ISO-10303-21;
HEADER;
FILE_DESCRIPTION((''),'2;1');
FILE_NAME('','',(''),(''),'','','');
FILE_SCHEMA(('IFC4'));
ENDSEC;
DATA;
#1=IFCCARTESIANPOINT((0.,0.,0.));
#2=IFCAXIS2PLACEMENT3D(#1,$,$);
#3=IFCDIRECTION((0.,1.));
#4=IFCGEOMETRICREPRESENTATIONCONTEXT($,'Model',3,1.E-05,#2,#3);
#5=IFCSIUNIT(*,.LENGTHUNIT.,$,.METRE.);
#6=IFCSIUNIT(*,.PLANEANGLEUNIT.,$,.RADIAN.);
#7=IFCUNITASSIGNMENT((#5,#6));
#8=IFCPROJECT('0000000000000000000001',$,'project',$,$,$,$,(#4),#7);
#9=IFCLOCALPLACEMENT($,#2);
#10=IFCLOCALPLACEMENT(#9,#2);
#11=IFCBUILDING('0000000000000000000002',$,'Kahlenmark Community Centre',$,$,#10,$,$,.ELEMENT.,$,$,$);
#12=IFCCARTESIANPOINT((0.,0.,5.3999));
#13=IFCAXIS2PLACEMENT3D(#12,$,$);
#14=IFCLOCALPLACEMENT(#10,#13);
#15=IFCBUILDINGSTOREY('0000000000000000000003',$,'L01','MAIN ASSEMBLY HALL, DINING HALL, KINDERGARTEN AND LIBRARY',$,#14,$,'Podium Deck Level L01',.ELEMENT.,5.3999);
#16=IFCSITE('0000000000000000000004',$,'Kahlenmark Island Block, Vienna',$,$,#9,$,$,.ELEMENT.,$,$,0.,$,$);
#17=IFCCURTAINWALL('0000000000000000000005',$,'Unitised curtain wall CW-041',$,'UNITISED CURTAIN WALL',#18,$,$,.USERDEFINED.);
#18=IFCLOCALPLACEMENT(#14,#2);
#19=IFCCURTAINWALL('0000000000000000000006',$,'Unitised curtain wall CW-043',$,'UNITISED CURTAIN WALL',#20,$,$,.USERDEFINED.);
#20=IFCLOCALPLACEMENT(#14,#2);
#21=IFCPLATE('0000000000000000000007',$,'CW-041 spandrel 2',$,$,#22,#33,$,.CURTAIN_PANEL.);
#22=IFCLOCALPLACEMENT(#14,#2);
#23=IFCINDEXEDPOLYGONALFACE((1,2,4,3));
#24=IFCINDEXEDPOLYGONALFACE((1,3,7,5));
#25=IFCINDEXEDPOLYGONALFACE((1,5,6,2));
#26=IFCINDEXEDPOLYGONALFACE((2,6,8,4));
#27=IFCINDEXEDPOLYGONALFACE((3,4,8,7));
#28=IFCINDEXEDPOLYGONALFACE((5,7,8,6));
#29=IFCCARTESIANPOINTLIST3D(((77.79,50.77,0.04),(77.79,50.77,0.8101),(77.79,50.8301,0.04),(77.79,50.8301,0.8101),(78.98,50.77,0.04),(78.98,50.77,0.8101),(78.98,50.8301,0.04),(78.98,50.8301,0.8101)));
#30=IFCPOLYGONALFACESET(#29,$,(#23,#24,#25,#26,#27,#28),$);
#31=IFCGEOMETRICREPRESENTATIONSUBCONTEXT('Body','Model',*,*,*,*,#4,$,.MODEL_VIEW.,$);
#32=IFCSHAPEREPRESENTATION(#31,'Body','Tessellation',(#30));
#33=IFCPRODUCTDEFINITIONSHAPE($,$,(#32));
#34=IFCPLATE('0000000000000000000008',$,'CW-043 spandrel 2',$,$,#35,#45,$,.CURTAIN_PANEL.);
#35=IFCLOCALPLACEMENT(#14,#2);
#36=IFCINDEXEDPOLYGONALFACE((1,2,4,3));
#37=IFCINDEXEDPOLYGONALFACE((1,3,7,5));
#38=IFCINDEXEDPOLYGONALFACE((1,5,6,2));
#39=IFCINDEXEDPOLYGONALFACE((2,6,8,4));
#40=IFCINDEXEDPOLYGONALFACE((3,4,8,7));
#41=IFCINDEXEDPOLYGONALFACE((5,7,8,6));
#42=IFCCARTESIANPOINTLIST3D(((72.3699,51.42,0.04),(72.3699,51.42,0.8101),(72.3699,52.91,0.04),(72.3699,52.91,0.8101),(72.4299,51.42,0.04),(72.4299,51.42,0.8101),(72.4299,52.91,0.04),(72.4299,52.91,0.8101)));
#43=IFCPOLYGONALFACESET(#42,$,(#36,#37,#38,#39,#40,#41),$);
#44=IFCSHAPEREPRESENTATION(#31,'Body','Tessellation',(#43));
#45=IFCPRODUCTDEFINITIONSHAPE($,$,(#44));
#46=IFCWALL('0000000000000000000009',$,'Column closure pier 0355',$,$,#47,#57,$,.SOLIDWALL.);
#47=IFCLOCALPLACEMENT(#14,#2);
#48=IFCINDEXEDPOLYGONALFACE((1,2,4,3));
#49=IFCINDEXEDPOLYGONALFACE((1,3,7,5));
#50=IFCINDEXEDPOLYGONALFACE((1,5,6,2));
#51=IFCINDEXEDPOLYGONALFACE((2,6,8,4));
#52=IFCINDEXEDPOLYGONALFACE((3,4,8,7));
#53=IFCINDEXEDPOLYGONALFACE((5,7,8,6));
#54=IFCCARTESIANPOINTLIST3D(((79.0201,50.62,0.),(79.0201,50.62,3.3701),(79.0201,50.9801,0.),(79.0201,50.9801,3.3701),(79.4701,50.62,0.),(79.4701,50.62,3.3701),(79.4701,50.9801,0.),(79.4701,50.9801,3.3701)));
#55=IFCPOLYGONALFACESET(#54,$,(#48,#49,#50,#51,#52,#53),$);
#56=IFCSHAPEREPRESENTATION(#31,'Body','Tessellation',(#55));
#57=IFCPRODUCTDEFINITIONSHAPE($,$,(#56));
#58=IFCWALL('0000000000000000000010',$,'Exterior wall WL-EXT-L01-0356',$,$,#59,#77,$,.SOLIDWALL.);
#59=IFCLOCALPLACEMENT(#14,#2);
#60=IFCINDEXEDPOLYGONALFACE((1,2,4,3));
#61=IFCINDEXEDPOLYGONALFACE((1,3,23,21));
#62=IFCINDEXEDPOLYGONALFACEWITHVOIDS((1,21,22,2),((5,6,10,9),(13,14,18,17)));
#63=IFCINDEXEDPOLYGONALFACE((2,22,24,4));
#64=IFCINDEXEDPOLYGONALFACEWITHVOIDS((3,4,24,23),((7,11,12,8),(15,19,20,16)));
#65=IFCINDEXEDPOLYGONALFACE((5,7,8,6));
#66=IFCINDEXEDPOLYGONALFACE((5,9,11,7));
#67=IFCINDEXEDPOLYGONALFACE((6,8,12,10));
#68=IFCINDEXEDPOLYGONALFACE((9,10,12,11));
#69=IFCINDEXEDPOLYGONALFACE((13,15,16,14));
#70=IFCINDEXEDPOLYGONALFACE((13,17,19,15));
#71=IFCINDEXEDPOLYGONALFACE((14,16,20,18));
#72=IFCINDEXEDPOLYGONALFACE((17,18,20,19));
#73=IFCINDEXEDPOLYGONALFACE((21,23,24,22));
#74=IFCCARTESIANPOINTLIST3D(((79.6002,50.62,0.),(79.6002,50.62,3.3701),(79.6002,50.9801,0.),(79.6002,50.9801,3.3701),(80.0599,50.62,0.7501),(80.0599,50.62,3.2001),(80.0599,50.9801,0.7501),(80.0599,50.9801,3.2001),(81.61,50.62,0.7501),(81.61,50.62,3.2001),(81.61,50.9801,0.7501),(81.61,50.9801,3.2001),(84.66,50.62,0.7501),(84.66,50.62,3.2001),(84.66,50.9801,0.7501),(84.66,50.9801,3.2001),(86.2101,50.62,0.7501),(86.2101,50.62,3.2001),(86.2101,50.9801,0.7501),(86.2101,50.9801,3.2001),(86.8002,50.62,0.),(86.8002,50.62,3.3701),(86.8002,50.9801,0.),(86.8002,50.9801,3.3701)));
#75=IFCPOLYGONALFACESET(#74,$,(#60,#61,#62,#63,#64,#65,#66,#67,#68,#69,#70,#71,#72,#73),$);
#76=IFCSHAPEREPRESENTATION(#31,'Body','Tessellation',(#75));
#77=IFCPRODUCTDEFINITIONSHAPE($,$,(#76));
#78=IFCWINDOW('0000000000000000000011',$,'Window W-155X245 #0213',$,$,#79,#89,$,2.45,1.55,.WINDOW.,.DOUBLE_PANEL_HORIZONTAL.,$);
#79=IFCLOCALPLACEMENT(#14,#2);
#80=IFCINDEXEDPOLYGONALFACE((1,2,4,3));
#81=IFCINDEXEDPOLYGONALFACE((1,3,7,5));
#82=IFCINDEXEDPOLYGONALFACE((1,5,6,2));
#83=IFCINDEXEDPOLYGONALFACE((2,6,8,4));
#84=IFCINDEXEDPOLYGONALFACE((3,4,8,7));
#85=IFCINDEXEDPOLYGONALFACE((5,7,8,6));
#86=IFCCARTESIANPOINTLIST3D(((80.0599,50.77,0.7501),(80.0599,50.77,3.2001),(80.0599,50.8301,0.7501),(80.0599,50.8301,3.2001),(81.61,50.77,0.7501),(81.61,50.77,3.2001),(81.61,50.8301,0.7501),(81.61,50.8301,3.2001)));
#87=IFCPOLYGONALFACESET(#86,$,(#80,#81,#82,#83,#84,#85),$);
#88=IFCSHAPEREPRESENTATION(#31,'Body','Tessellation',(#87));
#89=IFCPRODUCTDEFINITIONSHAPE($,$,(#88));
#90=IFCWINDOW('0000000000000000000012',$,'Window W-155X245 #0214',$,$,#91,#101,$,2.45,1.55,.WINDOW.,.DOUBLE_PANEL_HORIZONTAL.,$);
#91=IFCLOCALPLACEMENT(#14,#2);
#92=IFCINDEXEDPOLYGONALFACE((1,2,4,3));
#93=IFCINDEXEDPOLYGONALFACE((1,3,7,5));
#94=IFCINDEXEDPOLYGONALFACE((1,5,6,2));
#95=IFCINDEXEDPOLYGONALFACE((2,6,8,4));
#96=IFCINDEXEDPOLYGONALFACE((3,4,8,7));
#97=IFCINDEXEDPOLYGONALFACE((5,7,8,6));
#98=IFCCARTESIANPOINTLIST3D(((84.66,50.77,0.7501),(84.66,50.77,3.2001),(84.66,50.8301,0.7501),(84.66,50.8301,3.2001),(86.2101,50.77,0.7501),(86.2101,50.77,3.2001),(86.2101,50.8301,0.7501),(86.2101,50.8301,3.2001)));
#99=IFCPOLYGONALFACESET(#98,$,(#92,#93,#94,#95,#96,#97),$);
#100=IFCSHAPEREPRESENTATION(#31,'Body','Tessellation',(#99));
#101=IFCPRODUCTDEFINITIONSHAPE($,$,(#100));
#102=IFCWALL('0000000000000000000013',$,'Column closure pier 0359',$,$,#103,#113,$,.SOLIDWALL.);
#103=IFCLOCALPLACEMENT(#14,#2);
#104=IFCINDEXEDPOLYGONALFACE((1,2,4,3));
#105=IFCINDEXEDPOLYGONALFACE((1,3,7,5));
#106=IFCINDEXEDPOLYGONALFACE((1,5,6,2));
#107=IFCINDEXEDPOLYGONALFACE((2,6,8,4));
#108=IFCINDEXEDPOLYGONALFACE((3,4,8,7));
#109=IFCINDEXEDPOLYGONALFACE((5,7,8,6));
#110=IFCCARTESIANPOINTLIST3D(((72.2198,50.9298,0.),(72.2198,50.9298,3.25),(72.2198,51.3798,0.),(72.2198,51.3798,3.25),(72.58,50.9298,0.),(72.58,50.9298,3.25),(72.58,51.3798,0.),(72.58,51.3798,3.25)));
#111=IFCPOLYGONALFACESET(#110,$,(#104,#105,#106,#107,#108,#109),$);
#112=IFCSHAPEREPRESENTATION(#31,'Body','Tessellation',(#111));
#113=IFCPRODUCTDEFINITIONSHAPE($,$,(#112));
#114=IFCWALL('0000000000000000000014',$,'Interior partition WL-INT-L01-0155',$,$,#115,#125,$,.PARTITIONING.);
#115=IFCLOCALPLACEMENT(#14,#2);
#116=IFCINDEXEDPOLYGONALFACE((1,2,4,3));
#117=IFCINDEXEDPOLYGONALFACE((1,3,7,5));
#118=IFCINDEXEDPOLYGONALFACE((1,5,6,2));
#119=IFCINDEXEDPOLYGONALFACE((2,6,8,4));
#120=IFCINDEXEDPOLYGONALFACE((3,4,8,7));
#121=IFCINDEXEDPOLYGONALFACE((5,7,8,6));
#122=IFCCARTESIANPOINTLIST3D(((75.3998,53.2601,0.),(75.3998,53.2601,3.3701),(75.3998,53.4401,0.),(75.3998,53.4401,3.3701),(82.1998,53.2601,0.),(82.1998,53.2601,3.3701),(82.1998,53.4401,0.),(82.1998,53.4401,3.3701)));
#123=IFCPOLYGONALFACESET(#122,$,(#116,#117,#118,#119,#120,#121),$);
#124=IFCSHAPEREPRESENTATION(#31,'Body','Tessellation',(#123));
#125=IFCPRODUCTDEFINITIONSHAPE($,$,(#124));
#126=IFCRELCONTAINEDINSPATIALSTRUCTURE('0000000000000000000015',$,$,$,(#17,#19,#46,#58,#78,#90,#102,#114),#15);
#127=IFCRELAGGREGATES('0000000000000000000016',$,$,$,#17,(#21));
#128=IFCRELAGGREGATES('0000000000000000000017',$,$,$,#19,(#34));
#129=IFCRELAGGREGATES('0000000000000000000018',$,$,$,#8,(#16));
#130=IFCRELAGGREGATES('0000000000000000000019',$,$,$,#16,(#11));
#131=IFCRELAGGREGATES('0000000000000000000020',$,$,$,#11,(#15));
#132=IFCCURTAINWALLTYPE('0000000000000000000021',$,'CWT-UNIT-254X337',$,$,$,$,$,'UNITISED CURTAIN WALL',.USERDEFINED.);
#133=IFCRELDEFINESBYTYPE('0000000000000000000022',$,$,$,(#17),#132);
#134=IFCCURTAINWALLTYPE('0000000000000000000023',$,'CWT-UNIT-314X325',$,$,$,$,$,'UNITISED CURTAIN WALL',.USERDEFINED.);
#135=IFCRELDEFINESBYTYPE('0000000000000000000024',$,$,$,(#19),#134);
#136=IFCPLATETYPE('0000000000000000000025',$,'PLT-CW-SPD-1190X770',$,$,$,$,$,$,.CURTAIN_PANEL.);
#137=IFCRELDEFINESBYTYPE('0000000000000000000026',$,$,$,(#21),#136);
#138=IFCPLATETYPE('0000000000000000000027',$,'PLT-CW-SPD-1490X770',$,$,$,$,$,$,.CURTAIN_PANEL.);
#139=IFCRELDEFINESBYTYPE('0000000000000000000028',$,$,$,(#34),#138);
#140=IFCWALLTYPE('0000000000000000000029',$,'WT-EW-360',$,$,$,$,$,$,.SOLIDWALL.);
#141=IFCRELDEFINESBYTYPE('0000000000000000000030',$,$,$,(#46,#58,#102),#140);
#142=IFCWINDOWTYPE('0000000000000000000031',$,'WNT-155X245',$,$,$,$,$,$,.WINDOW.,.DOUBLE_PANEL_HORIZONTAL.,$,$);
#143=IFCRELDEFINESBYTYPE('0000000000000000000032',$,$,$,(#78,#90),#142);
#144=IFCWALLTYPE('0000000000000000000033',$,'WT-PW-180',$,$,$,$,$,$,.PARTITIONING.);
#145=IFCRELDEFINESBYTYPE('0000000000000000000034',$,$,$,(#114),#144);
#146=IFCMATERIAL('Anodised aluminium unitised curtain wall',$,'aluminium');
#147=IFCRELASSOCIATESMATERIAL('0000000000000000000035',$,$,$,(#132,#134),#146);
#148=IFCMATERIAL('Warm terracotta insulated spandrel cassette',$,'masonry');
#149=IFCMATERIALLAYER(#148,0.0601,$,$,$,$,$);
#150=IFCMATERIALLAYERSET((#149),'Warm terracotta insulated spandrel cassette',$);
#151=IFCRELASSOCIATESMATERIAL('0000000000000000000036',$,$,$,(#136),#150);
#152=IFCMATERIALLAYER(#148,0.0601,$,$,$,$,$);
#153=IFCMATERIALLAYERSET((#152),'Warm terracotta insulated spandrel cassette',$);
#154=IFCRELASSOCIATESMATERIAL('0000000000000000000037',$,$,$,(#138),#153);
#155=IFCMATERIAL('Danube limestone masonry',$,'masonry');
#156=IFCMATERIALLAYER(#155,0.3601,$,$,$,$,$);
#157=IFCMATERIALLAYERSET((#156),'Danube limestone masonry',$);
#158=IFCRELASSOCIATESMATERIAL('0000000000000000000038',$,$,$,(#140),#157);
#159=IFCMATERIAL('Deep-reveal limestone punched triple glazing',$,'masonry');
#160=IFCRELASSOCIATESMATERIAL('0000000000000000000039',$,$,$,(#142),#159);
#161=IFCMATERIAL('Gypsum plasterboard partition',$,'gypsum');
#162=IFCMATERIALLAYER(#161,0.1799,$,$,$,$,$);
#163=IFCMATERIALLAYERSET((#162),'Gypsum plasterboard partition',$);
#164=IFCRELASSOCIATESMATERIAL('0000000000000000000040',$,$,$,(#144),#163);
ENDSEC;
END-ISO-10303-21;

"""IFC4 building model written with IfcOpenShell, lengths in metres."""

from ifc_helpers import new_model, si_unit, direction, frame, frame_2d, origin, origin_2d, place, context, subcontext, project, spatial, rectangle, extrude, material, layer, layer_set, type_object, element, fill, aggregate, save


model = new_model("IFC4")

# Units and contexts
model_context = context("Model", 3, precision=1e-05, world=origin(), true_north=direction((0.0, 1.0)))
body_context = subcontext(model_context, "Body", "Model", "MODEL_VIEW")
ifc_project = project(units=[si_unit("LENGTHUNIT", "METRE"), si_unit("PLANEANGLEUNIT", "RADIAN")], contexts=[model_context])

# Site, building, storey
site_placement = place(None, origin())
site = spatial("IfcSite", under=ifc_project, at=site_placement, Name="Kahlenmark Island Block, Vienna", CompositionType="ELEMENT", RefElevation=0.0)
building_placement = place(site_placement, origin())
building = spatial("IfcBuilding", under=site, at=building_placement, Name="Kahlenmark Community Centre", CompositionType="ELEMENT")
storey_placement = place(building_placement, frame((0.0, 0.0, 5.3999)))
storey = spatial("IfcBuildingStorey", under=building, at=storey_placement, Name="L01", Description="MAIN ASSEMBLY HALL, DINING HALL, KINDERGARTEN AND LIBRARY", LongName="Podium Deck Level L01", CompositionType="ELEMENT", Elevation=5.3999)

# Curtain walls
ifc_material_1 = material(Name="Anodised aluminium unitised curtain wall", Category="aluminium")
curtain_wall_type_1 = type_object("IfcCurtainWallType", Name="CWT-UNIT-254X337", ElementType="UNITISED CURTAIN WALL", PredefinedType="USERDEFINED", material=ifc_material_1)
curtain_wall_1_placement = place(storey_placement, origin())
curtain_wall_1 = element("IfcCurtainWall", 1, at=curtain_wall_1_placement, inside=storey, type_object=curtain_wall_type_1, Name="Unitised curtain wall CW-041", ObjectType="UNITISED CURTAIN WALL", PredefinedType="USERDEFINED")
curtain_wall_type_2 = type_object("IfcCurtainWallType", Name="CWT-UNIT-314X325", ElementType="UNITISED CURTAIN WALL", PredefinedType="USERDEFINED", material=ifc_material_1)
curtain_wall_2_placement = place(storey_placement, origin())
curtain_wall_2 = element("IfcCurtainWall", 2, at=curtain_wall_2_placement, inside=storey, type_object=curtain_wall_type_2, Name="Unitised curtain wall CW-043", ObjectType="UNITISED CURTAIN WALL", PredefinedType="USERDEFINED")

# Plates
ifc_material_2 = material(Name="Warm terracotta insulated spandrel cassette", Category="masonry")
ifc_layer_1 = layer(ifc_material_2, 0.0601)
ifc_layer_set_1 = layer_set([ifc_layer_1], Name="Warm terracotta insulated spandrel cassette")
plate_type_1 = type_object("IfcPlateType", Name="PLT-CW-SPD-1190X770", PredefinedType="CURTAIN_PANEL", material=ifc_layer_set_1)
plate_1_placement = place(storey_placement, frame((78.385, 50.8, 0.04), z_axis=(0.0, 0.0, 1.0), x_axis=(1.0, 0.0, 0.0)))
plate_1 = element("IfcPlate", 3, at=plate_1_placement, type_object=plate_type_1, Name="CW-041 spandrel 2", PredefinedType="CURTAIN_PANEL", context=body_context, shape_type="SweptSolid", body=[
    extrude(rectangle(XDim=1.1899, YDim=0.0601, at=origin_2d()), origin(), (0.0, 0.0, 1.0), 0.77),
])
aggregate(curtain_wall_1, [plate_1])
ifc_layer_2 = layer(ifc_material_2, 0.0601)
ifc_layer_set_2 = layer_set([ifc_layer_2], Name="Warm terracotta insulated spandrel cassette")
plate_type_2 = type_object("IfcPlateType", Name="PLT-CW-SPD-1490X770", PredefinedType="CURTAIN_PANEL", material=ifc_layer_set_2)
plate_2_placement = place(storey_placement, frame((72.3999, 52.165, 0.04), z_axis=(0.0, 0.0, 1.0), x_axis=(0.0, -1.0, 0.0)))
plate_2 = element("IfcPlate", 4, at=plate_2_placement, type_object=plate_type_2, Name="CW-043 spandrel 2", PredefinedType="CURTAIN_PANEL", context=body_context, shape_type="SweptSolid", body=[
    extrude(rectangle(XDim=1.49, YDim=0.0601, at=origin_2d()), origin(), (0.0, 0.0, 1.0), 0.77),
])
aggregate(curtain_wall_2, [plate_2])

# Wall
ifc_material_3 = material(Name="Danube limestone masonry", Category="masonry")
ifc_layer_3 = layer(ifc_material_3, 0.3601)
ifc_layer_set_3 = layer_set([ifc_layer_3], Name="Danube limestone masonry")
wall_type_1 = type_object("IfcWallType", Name="WT-EW-360", PredefinedType="SOLIDWALL", material=ifc_layer_set_3)
wall_1_placement = place(storey_placement, frame((79.02, 50.8, 0.0), z_axis=(0.0, 0.0, 1.0), x_axis=(1.0, 0.0, 0.0)))
element("IfcWall", 5, at=wall_1_placement, inside=storey, type_object=wall_type_1, Name="Column closure pier 0355", PredefinedType="SOLIDWALL", context=body_context, shape_type="SweptSolid", body=[
    extrude(rectangle(XDim=0.45, YDim=0.3601, at=frame_2d((0.2251, 0.0))), origin(), (0.0, 0.0, 1.0), 3.3701),
])

# Wall, openings, windows
wall_2_placement = place(storey_placement, frame((79.6001, 50.8, 0.0), z_axis=(0.0, 0.0, 1.0), x_axis=(1.0, 0.0, 0.0)))
wall_2 = element("IfcWall", 6, at=wall_2_placement, inside=storey, type_object=wall_type_1, Name="Exterior wall WL-EXT-L01-0356", PredefinedType="SOLIDWALL", context=body_context, shape_type="SweptSolid", body=[
    extrude(rectangle(XDim=7.2, YDim=0.3601, at=frame_2d((3.6001, 0.0))), origin(), (0.0, 0.0, 1.0), 3.3701),
])
opening_1_placement = place(wall_2_placement, frame((0.46, 0.0, 0.75)))
opening_1 = element("IfcOpeningElement", 7, at=opening_1_placement, cuts=wall_2, PredefinedType="OPENING", context=body_context, shape_type="SweptSolid", body=[
    extrude(rectangle(XDim=1.55, YDim=2.45, at=frame_2d((0.7749, 1.2251))), frame((0.0, 0.1899, 0.0), z_axis=(0.0, -1.0, 0.0), x_axis=(1.0, 0.0, 0.0)), (0.0, 0.0, 1.0), 0.3801),
])
opening_2_placement = place(wall_2_placement, frame((5.0601, 0.0, 0.75)))
opening_2 = element("IfcOpeningElement", 8, at=opening_2_placement, cuts=wall_2, PredefinedType="OPENING", context=body_context, shape_type="SweptSolid", body=[
    extrude(rectangle(XDim=1.55, YDim=2.45, at=frame_2d((0.7749, 1.2251))), frame((0.0, 0.1899, 0.0), z_axis=(0.0, -1.0, 0.0), x_axis=(1.0, 0.0, 0.0)), (0.0, 0.0, 1.0), 0.3801),
])
ifc_material_4 = material(Name="Deep-reveal limestone punched triple glazing", Category="masonry")
window_type = type_object("IfcWindowType", Name="WNT-155X245", PartitioningType="DOUBLE_PANEL_HORIZONTAL", PredefinedType="WINDOW", material=ifc_material_4)
window_1_placement = place(opening_1_placement, origin())
window_1 = element("IfcWindow", 9, at=window_1_placement, inside=storey, type_object=window_type, Name="Window W-155X245 #0213", OverallHeight=2.45, OverallWidth=1.55, PartitioningType="DOUBLE_PANEL_HORIZONTAL", PredefinedType="WINDOW", context=body_context, shape_type="SweptSolid", body=[
    extrude(rectangle(XDim=1.55, YDim=2.45, at=frame_2d((0.7749, 1.2251))), frame((0.0, 0.03, 0.0), z_axis=(0.0, -1.0, 0.0), x_axis=(1.0, 0.0, 0.0)), (0.0, 0.0, 1.0), 0.0601),
])
fill(opening_1, window_1)
window_2_placement = place(opening_2_placement, origin())
window_2 = element("IfcWindow", 10, at=window_2_placement, inside=storey, type_object=window_type, Name="Window W-155X245 #0214", OverallHeight=2.45, OverallWidth=1.55, PartitioningType="DOUBLE_PANEL_HORIZONTAL", PredefinedType="WINDOW", context=body_context, shape_type="SweptSolid", body=[
    extrude(rectangle(XDim=1.55, YDim=2.45, at=frame_2d((0.7749, 1.2251))), frame((0.0, 0.03, 0.0), z_axis=(0.0, -1.0, 0.0), x_axis=(1.0, 0.0, 0.0)), (0.0, 0.0, 1.0), 0.0601),
])
fill(opening_2, window_2)

# Walls
wall_3_placement = place(storey_placement, frame((72.3999, 51.3799, 0.0), z_axis=(0.0, 0.0, 1.0), x_axis=(0.0, -1.0, 0.0)))
element("IfcWall", 11, at=wall_3_placement, inside=storey, type_object=wall_type_1, Name="Column closure pier 0359", PredefinedType="SOLIDWALL", context=body_context, shape_type="SweptSolid", body=[
    extrude(rectangle(XDim=0.45, YDim=0.3601, at=frame_2d((0.2251, 0.0))), origin(), (0.0, 0.0, 1.0), 3.25),
])
ifc_material_5 = material(Name="Gypsum plasterboard partition", Category="gypsum")
ifc_layer_4 = layer(ifc_material_5, 0.1799)
ifc_layer_set_4 = layer_set([ifc_layer_4], Name="Gypsum plasterboard partition")
wall_type_2 = type_object("IfcWallType", Name="WT-PW-180", PredefinedType="PARTITIONING", material=ifc_layer_set_4)
wall_4_placement = place(storey_placement, frame((75.3999, 53.3501, 0.0), z_axis=(0.0, 0.0, 1.0), x_axis=(1.0, 0.0, 0.0)))
element("IfcWall", 12, at=wall_4_placement, inside=storey, type_object=wall_type_2, Name="Interior partition WL-INT-L01-0155", PredefinedType="PARTITIONING", context=body_context, shape_type="SweptSolid", body=[
    extrude(rectangle(XDim=6.8, YDim=0.1799, at=frame_2d((3.3999, 0.0))), origin(), (0.0, 0.0, 1.0), 3.3701),
])

save(model, "model.ifc")
